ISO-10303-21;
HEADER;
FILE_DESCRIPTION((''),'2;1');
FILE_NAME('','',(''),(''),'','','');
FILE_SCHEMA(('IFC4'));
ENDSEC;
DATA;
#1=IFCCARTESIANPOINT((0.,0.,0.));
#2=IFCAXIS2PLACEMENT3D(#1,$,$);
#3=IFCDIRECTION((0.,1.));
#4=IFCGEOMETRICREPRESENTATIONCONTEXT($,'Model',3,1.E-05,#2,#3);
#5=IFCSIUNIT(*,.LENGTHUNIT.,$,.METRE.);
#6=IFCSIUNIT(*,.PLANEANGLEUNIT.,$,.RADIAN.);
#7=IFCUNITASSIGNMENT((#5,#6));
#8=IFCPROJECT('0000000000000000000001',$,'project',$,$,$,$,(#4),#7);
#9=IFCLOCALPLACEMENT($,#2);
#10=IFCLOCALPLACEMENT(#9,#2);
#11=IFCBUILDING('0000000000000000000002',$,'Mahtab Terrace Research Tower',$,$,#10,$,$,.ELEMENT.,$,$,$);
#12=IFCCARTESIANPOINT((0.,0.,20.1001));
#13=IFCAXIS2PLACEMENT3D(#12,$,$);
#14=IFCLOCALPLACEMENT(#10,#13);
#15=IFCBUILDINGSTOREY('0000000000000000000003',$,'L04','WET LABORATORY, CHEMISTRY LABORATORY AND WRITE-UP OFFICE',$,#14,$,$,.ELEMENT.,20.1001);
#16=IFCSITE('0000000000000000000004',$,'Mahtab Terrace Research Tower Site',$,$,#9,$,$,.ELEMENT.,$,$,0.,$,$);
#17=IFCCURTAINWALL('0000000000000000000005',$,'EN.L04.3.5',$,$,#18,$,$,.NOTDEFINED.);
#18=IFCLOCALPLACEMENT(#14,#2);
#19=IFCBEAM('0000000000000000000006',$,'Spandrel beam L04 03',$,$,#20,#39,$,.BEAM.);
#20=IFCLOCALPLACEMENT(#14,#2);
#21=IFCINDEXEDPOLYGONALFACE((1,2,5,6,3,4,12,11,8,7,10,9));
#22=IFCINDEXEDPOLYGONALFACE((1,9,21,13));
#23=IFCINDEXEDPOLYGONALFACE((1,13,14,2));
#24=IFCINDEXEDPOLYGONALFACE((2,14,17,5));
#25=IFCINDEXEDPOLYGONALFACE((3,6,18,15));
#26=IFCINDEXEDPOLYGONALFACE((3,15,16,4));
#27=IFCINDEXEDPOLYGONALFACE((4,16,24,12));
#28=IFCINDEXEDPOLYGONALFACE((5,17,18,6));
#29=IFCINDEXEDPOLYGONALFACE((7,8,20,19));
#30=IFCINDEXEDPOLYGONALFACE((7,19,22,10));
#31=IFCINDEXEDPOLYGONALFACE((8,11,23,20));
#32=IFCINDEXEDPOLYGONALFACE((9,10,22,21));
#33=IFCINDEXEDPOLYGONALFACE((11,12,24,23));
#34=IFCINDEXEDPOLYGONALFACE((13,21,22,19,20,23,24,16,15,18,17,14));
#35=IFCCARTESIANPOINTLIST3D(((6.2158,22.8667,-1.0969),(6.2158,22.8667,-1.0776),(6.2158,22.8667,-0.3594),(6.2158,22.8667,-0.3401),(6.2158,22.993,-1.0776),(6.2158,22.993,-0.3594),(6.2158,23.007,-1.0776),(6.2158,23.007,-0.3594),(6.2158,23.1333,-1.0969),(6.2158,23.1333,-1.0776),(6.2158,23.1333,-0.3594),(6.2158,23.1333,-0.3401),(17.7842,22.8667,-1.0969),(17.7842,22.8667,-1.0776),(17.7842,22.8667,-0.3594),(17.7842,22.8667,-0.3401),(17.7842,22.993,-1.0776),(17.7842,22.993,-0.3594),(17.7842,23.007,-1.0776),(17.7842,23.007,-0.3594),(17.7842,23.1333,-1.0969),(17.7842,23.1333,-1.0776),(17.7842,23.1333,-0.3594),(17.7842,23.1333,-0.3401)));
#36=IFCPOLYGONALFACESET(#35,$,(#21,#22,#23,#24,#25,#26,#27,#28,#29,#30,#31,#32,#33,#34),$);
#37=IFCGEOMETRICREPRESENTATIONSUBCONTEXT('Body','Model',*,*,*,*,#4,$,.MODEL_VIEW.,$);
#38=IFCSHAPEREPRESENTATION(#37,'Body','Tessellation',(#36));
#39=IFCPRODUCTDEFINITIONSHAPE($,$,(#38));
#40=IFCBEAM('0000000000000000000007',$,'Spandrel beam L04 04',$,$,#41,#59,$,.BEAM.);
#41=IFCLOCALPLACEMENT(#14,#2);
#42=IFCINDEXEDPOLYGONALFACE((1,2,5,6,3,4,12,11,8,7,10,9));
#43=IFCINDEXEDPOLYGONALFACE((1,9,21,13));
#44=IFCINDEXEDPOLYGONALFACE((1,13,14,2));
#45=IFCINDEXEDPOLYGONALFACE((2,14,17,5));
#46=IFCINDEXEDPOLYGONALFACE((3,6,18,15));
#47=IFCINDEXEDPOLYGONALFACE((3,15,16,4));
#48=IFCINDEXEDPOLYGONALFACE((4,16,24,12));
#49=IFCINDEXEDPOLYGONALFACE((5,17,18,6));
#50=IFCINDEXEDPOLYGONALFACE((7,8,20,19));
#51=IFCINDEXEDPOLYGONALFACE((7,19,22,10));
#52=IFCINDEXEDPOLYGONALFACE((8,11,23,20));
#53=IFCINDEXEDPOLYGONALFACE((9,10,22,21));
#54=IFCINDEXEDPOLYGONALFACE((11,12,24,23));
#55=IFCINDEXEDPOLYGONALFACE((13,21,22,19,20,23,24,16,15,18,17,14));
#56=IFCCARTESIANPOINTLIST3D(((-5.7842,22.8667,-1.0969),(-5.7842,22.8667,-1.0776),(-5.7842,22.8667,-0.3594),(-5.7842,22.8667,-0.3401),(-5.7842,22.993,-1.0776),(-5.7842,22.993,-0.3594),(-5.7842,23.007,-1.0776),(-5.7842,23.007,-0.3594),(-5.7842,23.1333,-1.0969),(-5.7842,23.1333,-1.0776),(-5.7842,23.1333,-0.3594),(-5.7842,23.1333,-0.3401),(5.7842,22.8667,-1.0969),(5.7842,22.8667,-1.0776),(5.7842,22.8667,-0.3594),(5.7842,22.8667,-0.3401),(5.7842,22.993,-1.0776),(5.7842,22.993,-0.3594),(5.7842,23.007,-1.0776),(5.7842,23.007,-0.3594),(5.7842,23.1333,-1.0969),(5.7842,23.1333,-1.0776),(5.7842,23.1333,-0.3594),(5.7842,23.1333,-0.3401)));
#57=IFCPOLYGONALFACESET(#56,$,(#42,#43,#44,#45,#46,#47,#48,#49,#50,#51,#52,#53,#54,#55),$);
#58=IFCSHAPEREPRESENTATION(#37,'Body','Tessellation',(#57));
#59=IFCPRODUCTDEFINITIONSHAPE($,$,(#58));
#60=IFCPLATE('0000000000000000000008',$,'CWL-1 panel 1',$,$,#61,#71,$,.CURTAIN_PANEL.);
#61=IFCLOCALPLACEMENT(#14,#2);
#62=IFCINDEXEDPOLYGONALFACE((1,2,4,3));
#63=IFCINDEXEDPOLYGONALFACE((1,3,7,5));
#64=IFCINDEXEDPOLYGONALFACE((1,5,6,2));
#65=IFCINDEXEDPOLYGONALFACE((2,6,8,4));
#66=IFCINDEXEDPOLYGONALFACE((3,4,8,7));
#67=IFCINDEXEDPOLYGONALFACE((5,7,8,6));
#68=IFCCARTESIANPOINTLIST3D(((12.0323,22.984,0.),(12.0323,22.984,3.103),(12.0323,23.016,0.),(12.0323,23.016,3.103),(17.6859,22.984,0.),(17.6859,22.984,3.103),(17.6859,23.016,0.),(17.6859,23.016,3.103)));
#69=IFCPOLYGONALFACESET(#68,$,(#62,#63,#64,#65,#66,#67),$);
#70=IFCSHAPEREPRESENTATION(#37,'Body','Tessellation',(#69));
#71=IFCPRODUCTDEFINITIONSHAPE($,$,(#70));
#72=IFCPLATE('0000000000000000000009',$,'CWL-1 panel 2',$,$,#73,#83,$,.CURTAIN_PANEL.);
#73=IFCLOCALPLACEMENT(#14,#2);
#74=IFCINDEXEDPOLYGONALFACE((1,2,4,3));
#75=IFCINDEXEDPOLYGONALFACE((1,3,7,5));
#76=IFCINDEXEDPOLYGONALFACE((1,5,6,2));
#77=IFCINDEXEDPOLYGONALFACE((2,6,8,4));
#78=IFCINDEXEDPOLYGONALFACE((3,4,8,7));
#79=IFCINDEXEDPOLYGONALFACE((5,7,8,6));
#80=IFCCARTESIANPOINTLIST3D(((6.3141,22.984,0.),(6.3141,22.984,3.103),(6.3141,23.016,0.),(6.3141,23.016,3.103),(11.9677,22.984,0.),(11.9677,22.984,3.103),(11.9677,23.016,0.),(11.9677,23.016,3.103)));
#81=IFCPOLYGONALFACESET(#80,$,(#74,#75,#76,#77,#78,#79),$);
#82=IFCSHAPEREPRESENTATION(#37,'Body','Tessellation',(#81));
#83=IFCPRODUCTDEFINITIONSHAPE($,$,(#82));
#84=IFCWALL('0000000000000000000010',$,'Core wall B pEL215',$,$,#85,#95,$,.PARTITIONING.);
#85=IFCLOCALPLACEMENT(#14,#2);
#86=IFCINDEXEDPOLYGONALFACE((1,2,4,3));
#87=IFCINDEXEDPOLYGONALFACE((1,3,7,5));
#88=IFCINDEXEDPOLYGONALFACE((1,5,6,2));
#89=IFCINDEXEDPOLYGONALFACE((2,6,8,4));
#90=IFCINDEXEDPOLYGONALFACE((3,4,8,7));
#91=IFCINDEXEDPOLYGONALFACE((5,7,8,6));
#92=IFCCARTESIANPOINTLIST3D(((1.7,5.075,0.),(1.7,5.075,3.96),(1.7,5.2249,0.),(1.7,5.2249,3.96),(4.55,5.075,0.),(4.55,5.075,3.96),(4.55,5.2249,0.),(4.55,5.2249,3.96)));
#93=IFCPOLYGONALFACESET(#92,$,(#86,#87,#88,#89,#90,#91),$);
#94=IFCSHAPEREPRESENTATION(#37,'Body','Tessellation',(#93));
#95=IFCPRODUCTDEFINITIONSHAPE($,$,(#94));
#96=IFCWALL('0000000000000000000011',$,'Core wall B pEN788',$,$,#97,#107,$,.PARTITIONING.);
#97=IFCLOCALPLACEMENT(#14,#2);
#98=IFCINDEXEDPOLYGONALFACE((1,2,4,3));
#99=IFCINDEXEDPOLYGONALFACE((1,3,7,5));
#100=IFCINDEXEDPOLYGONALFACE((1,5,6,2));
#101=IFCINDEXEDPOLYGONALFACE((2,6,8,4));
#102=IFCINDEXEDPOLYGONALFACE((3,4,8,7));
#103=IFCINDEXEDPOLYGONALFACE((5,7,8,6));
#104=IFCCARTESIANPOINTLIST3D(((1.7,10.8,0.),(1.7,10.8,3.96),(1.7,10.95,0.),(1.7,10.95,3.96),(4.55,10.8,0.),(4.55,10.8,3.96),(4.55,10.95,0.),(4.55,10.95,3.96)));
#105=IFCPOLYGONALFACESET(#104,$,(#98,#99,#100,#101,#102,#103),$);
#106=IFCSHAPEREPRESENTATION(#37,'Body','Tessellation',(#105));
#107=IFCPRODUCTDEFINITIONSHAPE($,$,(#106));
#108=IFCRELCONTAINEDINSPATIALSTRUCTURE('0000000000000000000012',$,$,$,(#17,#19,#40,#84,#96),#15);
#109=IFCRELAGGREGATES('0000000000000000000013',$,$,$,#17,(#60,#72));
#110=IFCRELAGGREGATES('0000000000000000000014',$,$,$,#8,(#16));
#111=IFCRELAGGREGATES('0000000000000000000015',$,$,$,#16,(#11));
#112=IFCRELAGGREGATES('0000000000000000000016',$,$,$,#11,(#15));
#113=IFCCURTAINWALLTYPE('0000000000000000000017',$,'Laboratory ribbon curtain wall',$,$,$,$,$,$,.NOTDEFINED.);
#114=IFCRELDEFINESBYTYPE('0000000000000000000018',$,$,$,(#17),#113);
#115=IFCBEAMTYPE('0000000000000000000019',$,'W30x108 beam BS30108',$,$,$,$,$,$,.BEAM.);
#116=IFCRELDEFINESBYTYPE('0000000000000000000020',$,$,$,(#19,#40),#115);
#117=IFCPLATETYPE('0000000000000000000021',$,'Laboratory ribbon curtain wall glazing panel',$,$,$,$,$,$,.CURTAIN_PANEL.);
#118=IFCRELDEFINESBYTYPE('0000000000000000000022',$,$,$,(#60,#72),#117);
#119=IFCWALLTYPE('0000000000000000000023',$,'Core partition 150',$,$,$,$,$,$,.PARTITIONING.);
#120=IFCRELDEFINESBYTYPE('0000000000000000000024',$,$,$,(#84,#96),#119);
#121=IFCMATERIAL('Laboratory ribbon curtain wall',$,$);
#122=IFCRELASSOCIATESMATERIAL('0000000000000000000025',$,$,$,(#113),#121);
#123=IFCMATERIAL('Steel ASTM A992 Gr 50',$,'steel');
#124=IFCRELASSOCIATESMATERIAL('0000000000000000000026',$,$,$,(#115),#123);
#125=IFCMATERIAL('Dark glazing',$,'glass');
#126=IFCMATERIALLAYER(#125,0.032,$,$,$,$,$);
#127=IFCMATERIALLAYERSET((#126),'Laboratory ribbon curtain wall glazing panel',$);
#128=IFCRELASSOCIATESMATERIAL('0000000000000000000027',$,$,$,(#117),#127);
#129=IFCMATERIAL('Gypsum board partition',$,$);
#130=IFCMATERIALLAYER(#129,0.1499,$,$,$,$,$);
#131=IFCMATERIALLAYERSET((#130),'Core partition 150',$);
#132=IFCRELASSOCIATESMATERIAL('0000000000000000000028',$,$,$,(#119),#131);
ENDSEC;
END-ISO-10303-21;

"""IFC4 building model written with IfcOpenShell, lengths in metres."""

from ifc_helpers import new_model, si_unit, direction, frame, frame_2d, origin, origin_2d, place, context, subcontext, project, spatial, rectangle, i_section, extrude, material, layer, layer_set, material_profile, profile_set, type_object, element, aggregate, save


model = new_model("IFC4")

# Units and contexts
model_context = context("Model", 3, precision=1e-05, world=origin(), true_north=direction((0.0, 1.0)))
body_context = subcontext(model_context, "Body", "Model", "MODEL_VIEW")
ifc_project = project(units=[si_unit("LENGTHUNIT", "METRE"), si_unit("PLANEANGLEUNIT", "RADIAN")], contexts=[model_context])

# Site, building, storey
site_placement = place(None, origin())
site = spatial("IfcSite", under=ifc_project, at=site_placement, Name="Mahtab Terrace Research Tower Site", CompositionType="ELEMENT", RefElevation=0.0)
building_placement = place(site_placement, origin())
building = spatial("IfcBuilding", under=site, at=building_placement, Name="Mahtab Terrace Research Tower", CompositionType="ELEMENT")
storey_placement = place(building_placement, frame((0.0, 0.0, 20.1001)))
storey = spatial("IfcBuildingStorey", under=building, at=storey_placement, Name="L04", Description="WET LABORATORY, CHEMISTRY LABORATORY AND WRITE-UP OFFICE", CompositionType="ELEMENT", Elevation=20.1001)

# Shared definitions
ifc_material_1 = material(Name="Steel ASTM A992 Gr 50", Category="steel")

# Shared definitions
ifc_material_2 = material(Name="Laboratory ribbon curtain wall")
curtain_wall_type = type_object("IfcCurtainWallType", Name="Laboratory ribbon curtain wall", PredefinedType="NOTDEFINED", material=ifc_material_2)

# Curtain wall
curtain_wall_1_placement = place(storey_placement, origin())
curtain_wall_1 = element("IfcCurtainWall", 1, at=curtain_wall_1_placement, inside=storey, type_object=curtain_wall_type, Name="EN.L04.3.5", PredefinedType="NOTDEFINED")

# Beams
ifc_material_profile_1 = material_profile(ifc_material_1, i_section(OverallWidth=0.2666, OverallDepth=0.7568, WebThickness=0.0139, FlangeThickness=0.0193, at=origin_2d()), Name="W30X108")
ifc_profile_set_1 = profile_set([ifc_material_profile_1], Name="Steel ASTM A992 Gr 50")
beam_type = type_object("IfcBeamType", Name="W30x108 beam BS30108", PredefinedType="BEAM", material=ifc_profile_set_1)
for number, where, z_axis, x_axis, name in (
    (2, (17.7842, 23.0, -0.7185), (-1.0, 0.0, 0.0), (0.0, -1.0, 0.0), "Spandrel beam L04 03"),
    (3, (5.7842, 23.0, -0.7185), (-1.0, 0.0, 0.0), (0.0, -1.0, 0.0), "Spandrel beam L04 04"),
):
    element("IfcBeam", number, at=place(storey_placement, frame(where, z_axis=z_axis, x_axis=x_axis)), inside=storey, type_object=beam_type, Name=name, PredefinedType="BEAM", context=body_context, shape_type="SweptSolid", body=[
        extrude(i_section(OverallWidth=0.2666, OverallDepth=0.7568, WebThickness=0.0139, FlangeThickness=0.0193, at=origin_2d()), origin(), (0.0, 0.0, 1.0), 11.5684),
    ])

# Plates
ifc_material_3 = material(Name="Dark glazing", Category="glass")
ifc_layer_1 = layer(ifc_material_3, 0.032)
ifc_layer_set_1 = layer_set([ifc_layer_1], Name="Laboratory ribbon curtain wall glazing panel")
plate_type = type_object("IfcPlateType", Name="Laboratory ribbon curtain wall glazing panel", PredefinedType="CURTAIN_PANEL", material=ifc_layer_set_1)
plate_1_placement = place(storey_placement, frame((14.8591, 23.0, 0.0), z_axis=(0.0, 0.0, 1.0), x_axis=(-1.0, 0.0, 0.0)))
plate_1 = element("IfcPlate", 4, at=plate_1_placement, type_object=plate_type, Name="CWL-1 panel 1", PredefinedType="CURTAIN_PANEL", context=body_context, shape_type="SweptSolid", body=[
    extrude(rectangle(XDim=5.6536, YDim=0.032, at=origin_2d()), origin(), (0.0, 0.0, 1.0), 3.103),
])
plate_2_placement = place(storey_placement, frame((9.1409, 23.0, 0.0), z_axis=(0.0, 0.0, 1.0), x_axis=(-1.0, 0.0, 0.0)))
plate_2 = element("IfcPlate", 5, at=plate_2_placement, type_object=plate_type, Name="CWL-1 panel 2", PredefinedType="CURTAIN_PANEL", context=body_context, shape_type="SweptSolid", body=[
    extrude(rectangle(XDim=5.6536, YDim=0.032, at=origin_2d()), origin(), (0.0, 0.0, 1.0), 3.103),
])
aggregate(curtain_wall_1, [plate_1, plate_2])

# Walls
ifc_material_4 = material(Name="Gypsum board partition")
ifc_layer_2 = layer(ifc_material_4, 0.1499)
ifc_layer_set_2 = layer_set([ifc_layer_2], Name="Core partition 150")
wall_type_1 = type_object("IfcWallType", Name="Core partition 150", PredefinedType="PARTITIONING", material=ifc_layer_set_2)
for number, where, z_axis, x_axis, name in (
    (6, (1.7, 5.1499, 0.0), (0.0, 0.0, 1.0), (1.0, 0.0, 0.0), "Core wall B pEL215"),
    (7, (1.7, 10.875, 0.0), (0.0, 0.0, 1.0), (1.0, 0.0, 0.0), "Core wall B pEN788"),
):
    element("IfcWall", number, at=place(storey_placement, frame(where, z_axis=z_axis, x_axis=x_axis)), inside=storey, type_object=wall_type_1, Name=name, PredefinedType="PARTITIONING", context=body_context, shape_type="SweptSolid", body=[
        extrude(rectangle(XDim=2.8501, YDim=0.1499, at=frame_2d((1.425, 0.0))), origin(), (0.0, 0.0, 1.0), 3.96),
    ])

save(model, "model.ifc")
